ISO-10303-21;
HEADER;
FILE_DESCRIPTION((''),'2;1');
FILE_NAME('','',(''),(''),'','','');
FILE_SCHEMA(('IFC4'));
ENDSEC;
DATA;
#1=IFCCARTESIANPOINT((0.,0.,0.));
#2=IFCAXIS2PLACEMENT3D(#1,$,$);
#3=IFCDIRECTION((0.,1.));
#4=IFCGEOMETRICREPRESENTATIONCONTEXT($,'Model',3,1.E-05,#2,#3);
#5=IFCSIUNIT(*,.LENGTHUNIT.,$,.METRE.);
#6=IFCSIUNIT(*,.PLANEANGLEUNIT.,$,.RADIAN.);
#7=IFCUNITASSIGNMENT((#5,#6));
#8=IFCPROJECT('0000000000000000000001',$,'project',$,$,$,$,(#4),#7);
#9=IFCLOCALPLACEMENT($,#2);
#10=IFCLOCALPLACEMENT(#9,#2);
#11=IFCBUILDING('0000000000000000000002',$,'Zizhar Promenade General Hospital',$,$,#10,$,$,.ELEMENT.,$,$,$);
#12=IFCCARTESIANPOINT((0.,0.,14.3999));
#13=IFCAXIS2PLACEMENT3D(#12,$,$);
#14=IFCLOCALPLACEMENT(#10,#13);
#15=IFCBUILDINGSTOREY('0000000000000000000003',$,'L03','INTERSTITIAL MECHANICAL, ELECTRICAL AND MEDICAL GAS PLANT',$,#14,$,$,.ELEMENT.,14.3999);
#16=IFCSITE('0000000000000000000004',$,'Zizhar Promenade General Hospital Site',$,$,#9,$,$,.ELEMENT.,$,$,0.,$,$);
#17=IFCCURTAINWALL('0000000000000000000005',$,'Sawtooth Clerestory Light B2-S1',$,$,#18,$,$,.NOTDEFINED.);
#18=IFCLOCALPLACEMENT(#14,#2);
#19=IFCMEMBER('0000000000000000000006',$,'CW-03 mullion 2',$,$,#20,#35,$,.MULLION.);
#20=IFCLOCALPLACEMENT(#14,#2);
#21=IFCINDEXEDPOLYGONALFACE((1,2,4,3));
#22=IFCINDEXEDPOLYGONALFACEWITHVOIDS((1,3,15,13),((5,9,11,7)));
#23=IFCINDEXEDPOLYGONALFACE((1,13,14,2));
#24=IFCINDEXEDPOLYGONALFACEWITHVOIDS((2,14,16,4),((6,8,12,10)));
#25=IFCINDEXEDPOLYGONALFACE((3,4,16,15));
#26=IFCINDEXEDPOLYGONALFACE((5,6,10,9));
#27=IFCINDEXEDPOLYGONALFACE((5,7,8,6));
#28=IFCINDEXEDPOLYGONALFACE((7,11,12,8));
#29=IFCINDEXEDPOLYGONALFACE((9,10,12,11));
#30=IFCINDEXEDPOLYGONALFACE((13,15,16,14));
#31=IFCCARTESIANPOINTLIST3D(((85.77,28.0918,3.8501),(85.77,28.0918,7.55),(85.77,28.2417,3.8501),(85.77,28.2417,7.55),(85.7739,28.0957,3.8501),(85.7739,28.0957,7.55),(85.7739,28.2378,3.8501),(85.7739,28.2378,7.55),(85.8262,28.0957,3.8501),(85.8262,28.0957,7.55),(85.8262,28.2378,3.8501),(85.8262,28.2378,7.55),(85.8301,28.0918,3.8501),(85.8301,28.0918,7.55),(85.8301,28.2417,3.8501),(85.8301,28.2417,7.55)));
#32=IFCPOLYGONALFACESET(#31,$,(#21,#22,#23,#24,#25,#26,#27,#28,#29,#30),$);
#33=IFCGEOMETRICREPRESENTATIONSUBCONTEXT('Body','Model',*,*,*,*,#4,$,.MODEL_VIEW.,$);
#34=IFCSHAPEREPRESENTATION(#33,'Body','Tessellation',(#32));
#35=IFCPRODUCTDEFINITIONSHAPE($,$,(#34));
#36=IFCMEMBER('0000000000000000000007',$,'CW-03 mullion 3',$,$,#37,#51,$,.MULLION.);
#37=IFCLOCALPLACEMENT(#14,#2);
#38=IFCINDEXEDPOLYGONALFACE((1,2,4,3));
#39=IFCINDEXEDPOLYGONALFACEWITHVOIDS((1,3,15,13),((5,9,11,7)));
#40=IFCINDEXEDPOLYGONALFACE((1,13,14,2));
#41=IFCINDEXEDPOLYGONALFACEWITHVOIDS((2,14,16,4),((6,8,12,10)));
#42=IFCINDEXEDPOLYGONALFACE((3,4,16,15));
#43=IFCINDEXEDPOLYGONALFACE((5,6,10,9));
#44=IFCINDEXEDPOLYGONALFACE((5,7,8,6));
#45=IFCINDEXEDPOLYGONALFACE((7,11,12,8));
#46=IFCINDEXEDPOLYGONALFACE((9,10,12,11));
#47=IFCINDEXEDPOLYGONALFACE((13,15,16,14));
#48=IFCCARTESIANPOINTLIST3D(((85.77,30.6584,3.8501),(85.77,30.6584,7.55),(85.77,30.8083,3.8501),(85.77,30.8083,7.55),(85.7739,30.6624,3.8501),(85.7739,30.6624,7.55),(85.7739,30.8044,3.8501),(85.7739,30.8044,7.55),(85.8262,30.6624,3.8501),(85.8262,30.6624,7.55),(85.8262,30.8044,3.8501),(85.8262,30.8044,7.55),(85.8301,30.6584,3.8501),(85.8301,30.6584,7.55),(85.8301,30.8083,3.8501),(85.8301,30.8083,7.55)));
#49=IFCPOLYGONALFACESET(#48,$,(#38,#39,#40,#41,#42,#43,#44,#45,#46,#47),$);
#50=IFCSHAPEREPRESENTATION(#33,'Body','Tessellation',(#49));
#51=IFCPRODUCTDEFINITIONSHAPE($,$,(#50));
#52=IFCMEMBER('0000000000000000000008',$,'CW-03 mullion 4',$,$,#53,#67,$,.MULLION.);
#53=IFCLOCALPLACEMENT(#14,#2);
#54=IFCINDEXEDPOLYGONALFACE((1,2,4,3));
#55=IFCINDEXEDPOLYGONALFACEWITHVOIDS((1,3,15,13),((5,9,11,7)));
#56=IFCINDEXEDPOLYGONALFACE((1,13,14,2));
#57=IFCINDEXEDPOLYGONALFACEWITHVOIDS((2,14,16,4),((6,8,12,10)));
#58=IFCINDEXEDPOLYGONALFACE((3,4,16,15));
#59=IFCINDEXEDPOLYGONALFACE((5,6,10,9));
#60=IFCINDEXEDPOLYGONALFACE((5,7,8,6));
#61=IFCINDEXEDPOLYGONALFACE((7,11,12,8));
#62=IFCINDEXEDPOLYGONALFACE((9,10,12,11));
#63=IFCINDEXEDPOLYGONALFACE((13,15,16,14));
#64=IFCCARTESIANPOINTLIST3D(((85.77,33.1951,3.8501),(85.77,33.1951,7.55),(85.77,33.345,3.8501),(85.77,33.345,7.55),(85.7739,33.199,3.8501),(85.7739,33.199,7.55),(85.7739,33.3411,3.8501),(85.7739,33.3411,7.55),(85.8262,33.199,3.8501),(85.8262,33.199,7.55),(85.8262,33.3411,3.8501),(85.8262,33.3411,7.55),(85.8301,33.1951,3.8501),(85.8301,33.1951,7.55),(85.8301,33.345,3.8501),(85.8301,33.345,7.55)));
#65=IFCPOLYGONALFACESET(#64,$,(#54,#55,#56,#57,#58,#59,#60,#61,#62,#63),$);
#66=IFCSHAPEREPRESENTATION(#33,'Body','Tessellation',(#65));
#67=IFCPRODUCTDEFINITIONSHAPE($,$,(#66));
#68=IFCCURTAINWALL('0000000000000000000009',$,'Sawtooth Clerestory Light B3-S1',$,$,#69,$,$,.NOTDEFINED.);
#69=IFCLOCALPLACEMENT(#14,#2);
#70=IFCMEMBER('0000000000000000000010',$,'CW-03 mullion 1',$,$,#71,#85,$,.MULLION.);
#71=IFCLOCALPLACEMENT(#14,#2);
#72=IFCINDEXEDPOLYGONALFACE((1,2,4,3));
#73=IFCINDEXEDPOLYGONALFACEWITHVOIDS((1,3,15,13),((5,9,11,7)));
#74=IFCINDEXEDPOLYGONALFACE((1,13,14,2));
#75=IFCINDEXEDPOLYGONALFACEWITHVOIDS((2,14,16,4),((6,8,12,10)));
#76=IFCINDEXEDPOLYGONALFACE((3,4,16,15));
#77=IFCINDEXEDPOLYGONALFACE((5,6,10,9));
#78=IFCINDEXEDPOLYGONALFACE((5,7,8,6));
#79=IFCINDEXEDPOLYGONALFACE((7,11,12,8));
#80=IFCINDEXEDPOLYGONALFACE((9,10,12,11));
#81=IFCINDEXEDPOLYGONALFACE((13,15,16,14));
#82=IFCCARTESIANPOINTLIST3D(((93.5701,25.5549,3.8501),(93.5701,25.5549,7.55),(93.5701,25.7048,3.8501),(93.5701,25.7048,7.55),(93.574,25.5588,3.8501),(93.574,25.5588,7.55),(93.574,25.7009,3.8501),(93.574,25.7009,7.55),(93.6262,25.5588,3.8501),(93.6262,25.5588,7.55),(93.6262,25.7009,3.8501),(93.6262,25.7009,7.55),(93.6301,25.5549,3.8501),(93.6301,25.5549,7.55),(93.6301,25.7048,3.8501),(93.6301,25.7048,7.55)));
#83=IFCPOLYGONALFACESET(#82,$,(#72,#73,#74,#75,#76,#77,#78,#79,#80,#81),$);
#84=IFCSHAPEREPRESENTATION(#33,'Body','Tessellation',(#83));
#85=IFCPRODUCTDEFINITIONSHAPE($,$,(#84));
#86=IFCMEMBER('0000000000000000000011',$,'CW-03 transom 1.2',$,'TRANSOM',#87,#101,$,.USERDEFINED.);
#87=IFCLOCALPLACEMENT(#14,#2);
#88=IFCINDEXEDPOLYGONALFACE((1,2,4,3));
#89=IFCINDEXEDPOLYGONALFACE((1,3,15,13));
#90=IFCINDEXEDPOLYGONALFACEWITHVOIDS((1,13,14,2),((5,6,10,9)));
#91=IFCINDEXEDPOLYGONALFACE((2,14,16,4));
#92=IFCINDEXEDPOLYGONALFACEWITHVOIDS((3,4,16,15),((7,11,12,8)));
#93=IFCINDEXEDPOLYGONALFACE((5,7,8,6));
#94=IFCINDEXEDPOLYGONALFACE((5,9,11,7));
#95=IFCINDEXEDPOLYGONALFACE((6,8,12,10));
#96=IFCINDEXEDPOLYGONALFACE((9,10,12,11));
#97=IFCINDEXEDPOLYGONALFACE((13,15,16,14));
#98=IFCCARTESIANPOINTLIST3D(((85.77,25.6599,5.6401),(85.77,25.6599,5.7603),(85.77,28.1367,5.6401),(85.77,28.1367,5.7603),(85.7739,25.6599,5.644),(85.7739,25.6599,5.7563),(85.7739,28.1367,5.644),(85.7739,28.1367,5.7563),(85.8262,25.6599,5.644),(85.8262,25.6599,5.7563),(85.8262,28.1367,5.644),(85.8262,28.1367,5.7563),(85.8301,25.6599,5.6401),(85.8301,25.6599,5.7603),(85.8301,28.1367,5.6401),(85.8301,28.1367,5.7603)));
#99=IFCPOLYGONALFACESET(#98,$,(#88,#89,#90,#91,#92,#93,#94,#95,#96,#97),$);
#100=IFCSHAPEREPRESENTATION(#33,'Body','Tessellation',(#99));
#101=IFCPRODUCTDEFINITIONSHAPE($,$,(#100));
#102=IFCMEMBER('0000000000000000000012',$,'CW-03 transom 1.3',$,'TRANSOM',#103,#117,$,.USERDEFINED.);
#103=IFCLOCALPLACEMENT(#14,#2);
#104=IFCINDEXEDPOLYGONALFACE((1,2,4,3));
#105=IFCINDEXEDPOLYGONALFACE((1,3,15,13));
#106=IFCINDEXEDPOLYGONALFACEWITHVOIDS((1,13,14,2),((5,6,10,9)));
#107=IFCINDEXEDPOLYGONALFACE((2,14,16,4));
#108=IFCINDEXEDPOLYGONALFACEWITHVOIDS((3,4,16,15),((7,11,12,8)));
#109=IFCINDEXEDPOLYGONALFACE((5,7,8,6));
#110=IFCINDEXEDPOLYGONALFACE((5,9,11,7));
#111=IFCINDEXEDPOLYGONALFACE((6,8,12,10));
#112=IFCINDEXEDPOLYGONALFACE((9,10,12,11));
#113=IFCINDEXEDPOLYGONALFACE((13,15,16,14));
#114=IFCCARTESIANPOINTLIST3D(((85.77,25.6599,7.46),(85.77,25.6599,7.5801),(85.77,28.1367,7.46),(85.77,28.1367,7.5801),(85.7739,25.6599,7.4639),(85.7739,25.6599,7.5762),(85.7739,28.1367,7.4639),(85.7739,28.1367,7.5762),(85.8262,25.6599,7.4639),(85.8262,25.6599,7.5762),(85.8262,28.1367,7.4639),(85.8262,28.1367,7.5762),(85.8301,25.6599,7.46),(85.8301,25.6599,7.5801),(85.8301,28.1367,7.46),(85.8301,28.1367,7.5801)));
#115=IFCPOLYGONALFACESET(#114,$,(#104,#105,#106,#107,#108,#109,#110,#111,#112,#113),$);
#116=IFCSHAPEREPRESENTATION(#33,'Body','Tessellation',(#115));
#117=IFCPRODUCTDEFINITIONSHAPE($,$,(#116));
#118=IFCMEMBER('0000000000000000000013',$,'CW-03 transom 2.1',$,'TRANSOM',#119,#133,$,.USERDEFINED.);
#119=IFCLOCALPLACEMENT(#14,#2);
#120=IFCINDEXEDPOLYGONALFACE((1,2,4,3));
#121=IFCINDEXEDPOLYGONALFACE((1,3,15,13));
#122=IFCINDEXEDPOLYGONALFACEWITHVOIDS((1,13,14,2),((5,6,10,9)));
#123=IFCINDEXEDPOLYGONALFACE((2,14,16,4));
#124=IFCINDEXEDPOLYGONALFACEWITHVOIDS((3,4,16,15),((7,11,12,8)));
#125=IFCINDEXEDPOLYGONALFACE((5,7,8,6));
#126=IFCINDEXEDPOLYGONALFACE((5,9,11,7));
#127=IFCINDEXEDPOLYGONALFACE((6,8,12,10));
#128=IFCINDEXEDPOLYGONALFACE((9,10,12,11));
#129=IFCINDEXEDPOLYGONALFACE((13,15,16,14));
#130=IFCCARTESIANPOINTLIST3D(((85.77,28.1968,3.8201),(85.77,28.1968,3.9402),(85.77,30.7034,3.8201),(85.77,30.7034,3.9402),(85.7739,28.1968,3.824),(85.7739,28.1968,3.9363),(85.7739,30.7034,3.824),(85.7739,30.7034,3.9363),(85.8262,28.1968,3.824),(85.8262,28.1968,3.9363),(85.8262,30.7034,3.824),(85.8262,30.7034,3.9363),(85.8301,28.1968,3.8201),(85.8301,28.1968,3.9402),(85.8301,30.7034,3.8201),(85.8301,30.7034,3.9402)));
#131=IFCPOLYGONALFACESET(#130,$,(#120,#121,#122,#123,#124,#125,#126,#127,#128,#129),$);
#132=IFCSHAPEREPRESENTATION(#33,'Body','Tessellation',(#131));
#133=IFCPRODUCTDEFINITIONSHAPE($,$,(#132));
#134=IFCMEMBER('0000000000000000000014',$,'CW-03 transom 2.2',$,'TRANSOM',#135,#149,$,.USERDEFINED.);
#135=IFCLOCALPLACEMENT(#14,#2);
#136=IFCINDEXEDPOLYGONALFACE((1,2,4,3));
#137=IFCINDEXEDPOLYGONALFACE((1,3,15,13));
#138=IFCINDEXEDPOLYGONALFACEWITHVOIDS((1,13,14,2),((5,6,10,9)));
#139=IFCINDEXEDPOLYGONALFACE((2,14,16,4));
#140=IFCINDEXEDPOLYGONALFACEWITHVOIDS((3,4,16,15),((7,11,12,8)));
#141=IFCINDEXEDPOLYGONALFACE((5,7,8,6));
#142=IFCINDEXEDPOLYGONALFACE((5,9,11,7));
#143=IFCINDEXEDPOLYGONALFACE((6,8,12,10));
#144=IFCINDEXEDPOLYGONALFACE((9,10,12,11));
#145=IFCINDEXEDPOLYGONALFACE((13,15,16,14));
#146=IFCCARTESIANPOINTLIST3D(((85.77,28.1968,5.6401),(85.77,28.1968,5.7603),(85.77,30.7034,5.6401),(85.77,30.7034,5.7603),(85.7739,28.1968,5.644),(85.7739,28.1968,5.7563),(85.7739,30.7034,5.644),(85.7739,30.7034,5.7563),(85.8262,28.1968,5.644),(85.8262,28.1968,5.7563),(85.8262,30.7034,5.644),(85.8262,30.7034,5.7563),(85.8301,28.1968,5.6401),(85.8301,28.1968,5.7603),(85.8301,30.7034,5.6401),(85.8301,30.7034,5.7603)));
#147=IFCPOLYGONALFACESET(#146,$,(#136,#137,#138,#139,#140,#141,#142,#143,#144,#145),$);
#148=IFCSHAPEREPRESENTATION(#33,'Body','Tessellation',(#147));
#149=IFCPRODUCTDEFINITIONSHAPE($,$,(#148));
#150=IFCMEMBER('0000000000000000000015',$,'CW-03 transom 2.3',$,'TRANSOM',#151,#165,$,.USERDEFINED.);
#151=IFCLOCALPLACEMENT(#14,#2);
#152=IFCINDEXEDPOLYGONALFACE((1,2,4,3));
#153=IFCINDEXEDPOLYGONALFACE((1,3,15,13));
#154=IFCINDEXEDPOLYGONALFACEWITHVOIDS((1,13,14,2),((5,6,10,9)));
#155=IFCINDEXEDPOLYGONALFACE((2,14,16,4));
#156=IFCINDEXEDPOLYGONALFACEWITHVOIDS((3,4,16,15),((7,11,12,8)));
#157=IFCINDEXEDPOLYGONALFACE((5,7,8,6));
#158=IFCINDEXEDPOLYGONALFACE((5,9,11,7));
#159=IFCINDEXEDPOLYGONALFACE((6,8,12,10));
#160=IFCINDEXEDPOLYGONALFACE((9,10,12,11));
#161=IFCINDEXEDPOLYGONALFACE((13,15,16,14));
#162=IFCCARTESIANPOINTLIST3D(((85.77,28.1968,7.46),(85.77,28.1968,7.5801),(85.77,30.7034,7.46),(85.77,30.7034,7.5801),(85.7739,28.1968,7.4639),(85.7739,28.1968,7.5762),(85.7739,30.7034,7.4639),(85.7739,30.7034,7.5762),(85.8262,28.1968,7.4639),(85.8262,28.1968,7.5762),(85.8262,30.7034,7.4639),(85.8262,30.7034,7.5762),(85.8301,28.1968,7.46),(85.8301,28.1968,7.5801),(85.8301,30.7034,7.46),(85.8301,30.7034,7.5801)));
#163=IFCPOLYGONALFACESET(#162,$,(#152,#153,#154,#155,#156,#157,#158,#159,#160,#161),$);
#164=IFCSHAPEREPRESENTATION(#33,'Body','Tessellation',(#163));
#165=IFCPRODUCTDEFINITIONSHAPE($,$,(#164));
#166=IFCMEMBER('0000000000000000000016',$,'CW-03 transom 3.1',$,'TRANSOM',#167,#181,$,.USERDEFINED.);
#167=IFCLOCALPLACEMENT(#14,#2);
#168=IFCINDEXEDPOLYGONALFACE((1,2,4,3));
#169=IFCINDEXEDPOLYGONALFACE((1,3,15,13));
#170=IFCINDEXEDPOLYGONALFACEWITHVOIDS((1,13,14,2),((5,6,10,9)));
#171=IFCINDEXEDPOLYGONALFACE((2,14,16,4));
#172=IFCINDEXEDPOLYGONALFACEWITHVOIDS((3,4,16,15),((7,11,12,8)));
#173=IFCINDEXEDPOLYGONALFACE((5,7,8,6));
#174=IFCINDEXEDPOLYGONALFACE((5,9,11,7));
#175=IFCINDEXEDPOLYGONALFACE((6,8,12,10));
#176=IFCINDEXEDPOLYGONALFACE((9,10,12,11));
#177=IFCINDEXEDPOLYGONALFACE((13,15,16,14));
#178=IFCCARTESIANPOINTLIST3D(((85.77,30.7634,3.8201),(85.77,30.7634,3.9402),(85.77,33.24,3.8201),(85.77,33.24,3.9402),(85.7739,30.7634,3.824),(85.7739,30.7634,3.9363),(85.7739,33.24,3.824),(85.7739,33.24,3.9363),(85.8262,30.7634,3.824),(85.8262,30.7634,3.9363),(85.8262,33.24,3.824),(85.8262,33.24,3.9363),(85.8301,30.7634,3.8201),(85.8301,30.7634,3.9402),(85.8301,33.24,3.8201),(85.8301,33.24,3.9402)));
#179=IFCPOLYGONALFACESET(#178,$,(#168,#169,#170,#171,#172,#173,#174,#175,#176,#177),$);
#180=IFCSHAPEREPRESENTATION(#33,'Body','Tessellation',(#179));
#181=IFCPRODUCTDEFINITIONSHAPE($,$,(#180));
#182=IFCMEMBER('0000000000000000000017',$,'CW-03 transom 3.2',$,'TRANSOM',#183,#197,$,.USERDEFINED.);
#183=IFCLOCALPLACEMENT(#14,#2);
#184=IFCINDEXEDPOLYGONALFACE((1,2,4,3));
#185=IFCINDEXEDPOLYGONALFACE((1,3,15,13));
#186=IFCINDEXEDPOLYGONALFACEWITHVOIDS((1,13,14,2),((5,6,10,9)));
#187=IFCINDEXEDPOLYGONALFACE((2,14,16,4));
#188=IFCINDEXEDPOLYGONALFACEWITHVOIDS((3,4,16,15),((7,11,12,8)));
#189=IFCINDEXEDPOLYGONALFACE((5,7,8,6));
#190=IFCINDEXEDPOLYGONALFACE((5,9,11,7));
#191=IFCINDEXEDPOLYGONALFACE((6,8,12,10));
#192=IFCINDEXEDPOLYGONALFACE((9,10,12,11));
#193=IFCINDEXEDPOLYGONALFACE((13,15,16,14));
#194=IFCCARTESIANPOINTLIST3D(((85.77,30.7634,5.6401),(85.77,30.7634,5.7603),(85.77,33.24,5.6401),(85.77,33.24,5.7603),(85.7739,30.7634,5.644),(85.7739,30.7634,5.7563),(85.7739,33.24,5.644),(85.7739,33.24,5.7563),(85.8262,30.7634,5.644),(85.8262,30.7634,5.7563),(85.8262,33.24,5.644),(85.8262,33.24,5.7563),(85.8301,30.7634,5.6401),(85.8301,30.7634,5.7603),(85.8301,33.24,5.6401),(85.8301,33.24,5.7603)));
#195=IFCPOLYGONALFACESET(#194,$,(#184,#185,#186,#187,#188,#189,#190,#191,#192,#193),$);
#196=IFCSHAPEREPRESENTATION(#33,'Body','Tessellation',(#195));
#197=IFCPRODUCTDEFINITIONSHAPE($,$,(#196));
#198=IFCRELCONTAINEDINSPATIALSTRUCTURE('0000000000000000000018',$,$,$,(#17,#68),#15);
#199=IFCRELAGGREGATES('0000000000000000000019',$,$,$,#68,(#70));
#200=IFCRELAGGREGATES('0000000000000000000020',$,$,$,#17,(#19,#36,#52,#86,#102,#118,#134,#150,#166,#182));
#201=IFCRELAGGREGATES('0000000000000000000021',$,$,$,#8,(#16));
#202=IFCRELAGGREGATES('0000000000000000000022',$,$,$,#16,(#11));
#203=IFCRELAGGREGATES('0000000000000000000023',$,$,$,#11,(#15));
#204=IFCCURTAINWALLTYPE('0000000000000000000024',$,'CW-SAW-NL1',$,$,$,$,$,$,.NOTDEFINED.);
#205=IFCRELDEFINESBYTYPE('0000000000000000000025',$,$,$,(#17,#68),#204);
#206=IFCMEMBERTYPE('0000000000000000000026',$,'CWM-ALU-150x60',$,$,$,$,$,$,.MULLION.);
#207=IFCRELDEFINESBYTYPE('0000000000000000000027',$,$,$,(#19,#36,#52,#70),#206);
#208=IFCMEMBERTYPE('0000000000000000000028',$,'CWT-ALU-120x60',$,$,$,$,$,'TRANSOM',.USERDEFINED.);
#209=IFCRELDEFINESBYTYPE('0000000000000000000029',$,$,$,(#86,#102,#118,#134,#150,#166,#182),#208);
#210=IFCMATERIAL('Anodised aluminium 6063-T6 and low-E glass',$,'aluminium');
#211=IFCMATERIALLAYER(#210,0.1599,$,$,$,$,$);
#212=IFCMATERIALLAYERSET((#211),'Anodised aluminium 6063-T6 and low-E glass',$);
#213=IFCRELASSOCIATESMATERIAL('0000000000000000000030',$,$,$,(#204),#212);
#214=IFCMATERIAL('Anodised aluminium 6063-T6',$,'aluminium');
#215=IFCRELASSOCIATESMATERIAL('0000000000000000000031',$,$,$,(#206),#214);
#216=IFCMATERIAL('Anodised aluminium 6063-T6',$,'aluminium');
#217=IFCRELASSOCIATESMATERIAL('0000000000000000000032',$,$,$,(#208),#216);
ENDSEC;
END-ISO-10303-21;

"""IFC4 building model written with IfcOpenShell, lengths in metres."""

from ifc_helpers import new_model, si_unit, direction, frame, origin, origin_2d, place, context, subcontext, project, spatial, hollow_rectangle, extrude, material, layer, layer_set, material_profile, profile_set, type_object, element, aggregate, save


model = new_model("IFC4")

# Units and contexts
model_context = context("Model", 3, precision=1e-05, world=origin(), true_north=direction((0.0, 1.0)))
body_context = subcontext(model_context, "Body", "Model", "MODEL_VIEW")
ifc_project = project(units=[si_unit("LENGTHUNIT", "METRE"), si_unit("PLANEANGLEUNIT", "RADIAN")], contexts=[model_context])

# Site, building, storey
site_placement = place(None, origin())
site = spatial("IfcSite", under=ifc_project, at=site_placement, Name="Zizhar Promenade General Hospital Site", CompositionType="ELEMENT", RefElevation=0.0)
building_placement = place(site_placement, origin())
building = spatial("IfcBuilding", under=site, at=building_placement, Name="Zizhar Promenade General Hospital", CompositionType="ELEMENT")
storey_placement = place(building_placement, frame((0.0, 0.0, 14.3999)))
storey = spatial("IfcBuildingStorey", under=building, at=storey_placement, Name="L03", Description="INTERSTITIAL MECHANICAL, ELECTRICAL AND MEDICAL GAS PLANT", CompositionType="ELEMENT", Elevation=14.3999)

# Curtain wall, members
ifc_material_1 = material(Name="Anodised aluminium 6063-T6 and low-E glass", Category="aluminium")
ifc_layer_1 = layer(ifc_material_1, 0.1599)
ifc_layer_set_1 = layer_set([ifc_layer_1], Name="Anodised aluminium 6063-T6 and low-E glass")
curtain_wall_type = type_object("IfcCurtainWallType", Name="CW-SAW-NL1", PredefinedType="NOTDEFINED", material=ifc_layer_set_1)
curtain_wall_1_placement = place(storey_placement, origin())
curtain_wall_1 = element("IfcCurtainWall", 1, at=curtain_wall_1_placement, inside=storey, type_object=curtain_wall_type, Name="Sawtooth Clerestory Light B2-S1", PredefinedType="NOTDEFINED")
ifc_material_2 = material(Name="Anodised aluminium 6063-T6", Category="aluminium")
ifc_material_profile_1 = material_profile(ifc_material_2, hollow_rectangle(XDim=0.0601, YDim=0.1499, WallThickness=0.0039, at=origin_2d()))
ifc_profile_set_1 = profile_set([ifc_material_profile_1], Name="Anodised aluminium 6063-T6")
member_type_1 = type_object("IfcMemberType", Name="CWM-ALU-150x60", PredefinedType="MULLION", material=ifc_profile_set_1)
member_1_placement = place(storey_placement, frame((85.8, 28.1667, 3.8501), z_axis=(0.0, 0.0, 1.0), x_axis=(-1.0, 0.0, 0.0)))
member_1 = element("IfcMember", 2, at=member_1_placement, type_object=member_type_1, Name="CW-03 mullion 2", PredefinedType="MULLION", context=body_context, shape_type="SweptSolid", body=[
    extrude(hollow_rectangle(XDim=0.0601, YDim=0.1499, WallThickness=0.0039, at=origin_2d()), origin(), (0.0, 0.0, 1.0), 3.7),
])
member_2_placement = place(storey_placement, frame((85.8, 30.7334, 3.8501), z_axis=(0.0, 0.0, 1.0), x_axis=(-1.0, 0.0, 0.0)))
member_2 = element("IfcMember", 3, at=member_2_placement, type_object=member_type_1, Name="CW-03 mullion 3", PredefinedType="MULLION", context=body_context, shape_type="SweptSolid", body=[
    extrude(hollow_rectangle(XDim=0.0601, YDim=0.1499, WallThickness=0.0039, at=origin_2d()), origin(), (0.0, 0.0, 1.0), 3.7),
])
member_3_placement = place(storey_placement, frame((85.8, 33.27, 3.8501), z_axis=(0.0, 0.0, 1.0), x_axis=(-1.0, 0.0, 0.0)))
member_3 = element("IfcMember", 4, at=member_3_placement, type_object=member_type_1, Name="CW-03 mullion 4", PredefinedType="MULLION", context=body_context, shape_type="SweptSolid", body=[
    extrude(hollow_rectangle(XDim=0.0601, YDim=0.1499, WallThickness=0.0039, at=origin_2d()), origin(), (0.0, 0.0, 1.0), 3.7),
])

# Curtain wall, member
curtain_wall_2_placement = place(storey_placement, origin())
curtain_wall_2 = element("IfcCurtainWall", 5, at=curtain_wall_2_placement, inside=storey, type_object=curtain_wall_type, Name="Sawtooth Clerestory Light B3-S1", PredefinedType="NOTDEFINED")
member_4_placement = place(storey_placement, frame((93.6001, 25.6299, 3.8501), z_axis=(0.0, 0.0, 1.0), x_axis=(-1.0, 0.0, 0.0)))
member_4 = element("IfcMember", 6, at=member_4_placement, type_object=member_type_1, Name="CW-03 mullion 1", PredefinedType="MULLION", context=body_context, shape_type="SweptSolid", body=[
    extrude(hollow_rectangle(XDim=0.0601, YDim=0.1499, WallThickness=0.0039, at=origin_2d()), origin(), (0.0, 0.0, 1.0), 3.7),
])
aggregate(curtain_wall_2, [member_4])

# Members
ifc_material_3 = material(Name="Anodised aluminium 6063-T6", Category="aluminium")
ifc_material_profile_2 = material_profile(ifc_material_3, hollow_rectangle(XDim=0.0601, YDim=0.1201, WallThickness=0.0039, at=origin_2d()))
ifc_profile_set_2 = profile_set([ifc_material_profile_2], Name="Anodised aluminium 6063-T6")
member_type_2 = type_object("IfcMemberType", Name="CWT-ALU-120x60", ElementType="TRANSOM", PredefinedType="USERDEFINED", material=ifc_profile_set_2)
member_5_placement = place(storey_placement, frame((85.8, 25.6599, 5.7002), z_axis=(0.0, 1.0, 0.0), x_axis=(-1.0, 0.0, 0.0)))
member_5 = element("IfcMember", 7, at=member_5_placement, type_object=member_type_2, Name="CW-03 transom 1.2", ObjectType="TRANSOM", PredefinedType="USERDEFINED", context=body_context, shape_type="SweptSolid", body=[
    extrude(hollow_rectangle(XDim=0.0601, YDim=0.1201, WallThickness=0.0039, at=origin_2d()), origin(), (0.0, 0.0, 1.0), 2.4768),
])
member_6_placement = place(storey_placement, frame((85.8, 25.6599, 7.52), z_axis=(0.0, 1.0, 0.0), x_axis=(-1.0, 0.0, 0.0)))
member_6 = element("IfcMember", 8, at=member_6_placement, type_object=member_type_2, Name="CW-03 transom 1.3", ObjectType="TRANSOM", PredefinedType="USERDEFINED", context=body_context, shape_type="SweptSolid", body=[
    extrude(hollow_rectangle(XDim=0.0601, YDim=0.1201, WallThickness=0.0039, at=origin_2d()), origin(), (0.0, 0.0, 1.0), 2.4768),
])
member_7_placement = place(storey_placement, frame((85.8, 28.1968, 3.8801), z_axis=(0.0, 1.0, 0.0), x_axis=(-1.0, 0.0, 0.0)))
member_7 = element("IfcMember", 9, at=member_7_placement, type_object=member_type_2, Name="CW-03 transom 2.1", ObjectType="TRANSOM", PredefinedType="USERDEFINED", context=body_context, shape_type="SweptSolid", body=[
    extrude(hollow_rectangle(XDim=0.0601, YDim=0.1201, WallThickness=0.0039, at=origin_2d()), origin(), (0.0, 0.0, 1.0), 2.5066),
])
member_8_placement = place(storey_placement, frame((85.8, 28.1968, 5.7002), z_axis=(0.0, 1.0, 0.0), x_axis=(-1.0, 0.0, 0.0)))
member_8 = element("IfcMember", 10, at=member_8_placement, type_object=member_type_2, Name="CW-03 transom 2.2", ObjectType="TRANSOM", PredefinedType="USERDEFINED", context=body_context, shape_type="SweptSolid", body=[
    extrude(hollow_rectangle(XDim=0.0601, YDim=0.1201, WallThickness=0.0039, at=origin_2d()), origin(), (0.0, 0.0, 1.0), 2.5066),
])
member_9_placement = place(storey_placement, frame((85.8, 28.1968, 7.52), z_axis=(0.0, 1.0, 0.0), x_axis=(-1.0, 0.0, 0.0)))
member_9 = element("IfcMember", 11, at=member_9_placement, type_object=member_type_2, Name="CW-03 transom 2.3", ObjectType="TRANSOM", PredefinedType="USERDEFINED", context=body_context, shape_type="SweptSolid", body=[
    extrude(hollow_rectangle(XDim=0.0601, YDim=0.1201, WallThickness=0.0039, at=origin_2d()), origin(), (0.0, 0.0, 1.0), 2.5066),
])
member_10_placement = place(storey_placement, frame((85.8, 30.7634, 3.8801), z_axis=(0.0, 1.0, 0.0), x_axis=(-1.0, 0.0, 0.0)))
member_10 = element("IfcMember", 12, at=member_10_placement, type_object=member_type_2, Name="CW-03 transom 3.1", ObjectType="TRANSOM", PredefinedType="USERDEFINED", context=body_context, shape_type="SweptSolid", body=[
    extrude(hollow_rectangle(XDim=0.0601, YDim=0.1201, WallThickness=0.0039, at=origin_2d()), origin(), (0.0, 0.0, 1.0), 2.4766),
])
member_11_placement = place(storey_placement, frame((85.8, 30.7634, 5.7002), z_axis=(0.0, 1.0, 0.0), x_axis=(-1.0, 0.0, 0.0)))
member_11 = element("IfcMember", 13, at=member_11_placement, type_object=member_type_2, Name="CW-03 transom 3.2", ObjectType="TRANSOM", PredefinedType="USERDEFINED", context=body_context, shape_type="SweptSolid", body=[
    extrude(hollow_rectangle(XDim=0.0601, YDim=0.1201, WallThickness=0.0039, at=origin_2d()), origin(), (0.0, 0.0, 1.0), 2.4766),
])

aggregate(curtain_wall_1, [member_1, member_2, member_3, member_5, member_6, member_7, member_8, member_9, member_10, member_11])

save(model, "model.ifc")
